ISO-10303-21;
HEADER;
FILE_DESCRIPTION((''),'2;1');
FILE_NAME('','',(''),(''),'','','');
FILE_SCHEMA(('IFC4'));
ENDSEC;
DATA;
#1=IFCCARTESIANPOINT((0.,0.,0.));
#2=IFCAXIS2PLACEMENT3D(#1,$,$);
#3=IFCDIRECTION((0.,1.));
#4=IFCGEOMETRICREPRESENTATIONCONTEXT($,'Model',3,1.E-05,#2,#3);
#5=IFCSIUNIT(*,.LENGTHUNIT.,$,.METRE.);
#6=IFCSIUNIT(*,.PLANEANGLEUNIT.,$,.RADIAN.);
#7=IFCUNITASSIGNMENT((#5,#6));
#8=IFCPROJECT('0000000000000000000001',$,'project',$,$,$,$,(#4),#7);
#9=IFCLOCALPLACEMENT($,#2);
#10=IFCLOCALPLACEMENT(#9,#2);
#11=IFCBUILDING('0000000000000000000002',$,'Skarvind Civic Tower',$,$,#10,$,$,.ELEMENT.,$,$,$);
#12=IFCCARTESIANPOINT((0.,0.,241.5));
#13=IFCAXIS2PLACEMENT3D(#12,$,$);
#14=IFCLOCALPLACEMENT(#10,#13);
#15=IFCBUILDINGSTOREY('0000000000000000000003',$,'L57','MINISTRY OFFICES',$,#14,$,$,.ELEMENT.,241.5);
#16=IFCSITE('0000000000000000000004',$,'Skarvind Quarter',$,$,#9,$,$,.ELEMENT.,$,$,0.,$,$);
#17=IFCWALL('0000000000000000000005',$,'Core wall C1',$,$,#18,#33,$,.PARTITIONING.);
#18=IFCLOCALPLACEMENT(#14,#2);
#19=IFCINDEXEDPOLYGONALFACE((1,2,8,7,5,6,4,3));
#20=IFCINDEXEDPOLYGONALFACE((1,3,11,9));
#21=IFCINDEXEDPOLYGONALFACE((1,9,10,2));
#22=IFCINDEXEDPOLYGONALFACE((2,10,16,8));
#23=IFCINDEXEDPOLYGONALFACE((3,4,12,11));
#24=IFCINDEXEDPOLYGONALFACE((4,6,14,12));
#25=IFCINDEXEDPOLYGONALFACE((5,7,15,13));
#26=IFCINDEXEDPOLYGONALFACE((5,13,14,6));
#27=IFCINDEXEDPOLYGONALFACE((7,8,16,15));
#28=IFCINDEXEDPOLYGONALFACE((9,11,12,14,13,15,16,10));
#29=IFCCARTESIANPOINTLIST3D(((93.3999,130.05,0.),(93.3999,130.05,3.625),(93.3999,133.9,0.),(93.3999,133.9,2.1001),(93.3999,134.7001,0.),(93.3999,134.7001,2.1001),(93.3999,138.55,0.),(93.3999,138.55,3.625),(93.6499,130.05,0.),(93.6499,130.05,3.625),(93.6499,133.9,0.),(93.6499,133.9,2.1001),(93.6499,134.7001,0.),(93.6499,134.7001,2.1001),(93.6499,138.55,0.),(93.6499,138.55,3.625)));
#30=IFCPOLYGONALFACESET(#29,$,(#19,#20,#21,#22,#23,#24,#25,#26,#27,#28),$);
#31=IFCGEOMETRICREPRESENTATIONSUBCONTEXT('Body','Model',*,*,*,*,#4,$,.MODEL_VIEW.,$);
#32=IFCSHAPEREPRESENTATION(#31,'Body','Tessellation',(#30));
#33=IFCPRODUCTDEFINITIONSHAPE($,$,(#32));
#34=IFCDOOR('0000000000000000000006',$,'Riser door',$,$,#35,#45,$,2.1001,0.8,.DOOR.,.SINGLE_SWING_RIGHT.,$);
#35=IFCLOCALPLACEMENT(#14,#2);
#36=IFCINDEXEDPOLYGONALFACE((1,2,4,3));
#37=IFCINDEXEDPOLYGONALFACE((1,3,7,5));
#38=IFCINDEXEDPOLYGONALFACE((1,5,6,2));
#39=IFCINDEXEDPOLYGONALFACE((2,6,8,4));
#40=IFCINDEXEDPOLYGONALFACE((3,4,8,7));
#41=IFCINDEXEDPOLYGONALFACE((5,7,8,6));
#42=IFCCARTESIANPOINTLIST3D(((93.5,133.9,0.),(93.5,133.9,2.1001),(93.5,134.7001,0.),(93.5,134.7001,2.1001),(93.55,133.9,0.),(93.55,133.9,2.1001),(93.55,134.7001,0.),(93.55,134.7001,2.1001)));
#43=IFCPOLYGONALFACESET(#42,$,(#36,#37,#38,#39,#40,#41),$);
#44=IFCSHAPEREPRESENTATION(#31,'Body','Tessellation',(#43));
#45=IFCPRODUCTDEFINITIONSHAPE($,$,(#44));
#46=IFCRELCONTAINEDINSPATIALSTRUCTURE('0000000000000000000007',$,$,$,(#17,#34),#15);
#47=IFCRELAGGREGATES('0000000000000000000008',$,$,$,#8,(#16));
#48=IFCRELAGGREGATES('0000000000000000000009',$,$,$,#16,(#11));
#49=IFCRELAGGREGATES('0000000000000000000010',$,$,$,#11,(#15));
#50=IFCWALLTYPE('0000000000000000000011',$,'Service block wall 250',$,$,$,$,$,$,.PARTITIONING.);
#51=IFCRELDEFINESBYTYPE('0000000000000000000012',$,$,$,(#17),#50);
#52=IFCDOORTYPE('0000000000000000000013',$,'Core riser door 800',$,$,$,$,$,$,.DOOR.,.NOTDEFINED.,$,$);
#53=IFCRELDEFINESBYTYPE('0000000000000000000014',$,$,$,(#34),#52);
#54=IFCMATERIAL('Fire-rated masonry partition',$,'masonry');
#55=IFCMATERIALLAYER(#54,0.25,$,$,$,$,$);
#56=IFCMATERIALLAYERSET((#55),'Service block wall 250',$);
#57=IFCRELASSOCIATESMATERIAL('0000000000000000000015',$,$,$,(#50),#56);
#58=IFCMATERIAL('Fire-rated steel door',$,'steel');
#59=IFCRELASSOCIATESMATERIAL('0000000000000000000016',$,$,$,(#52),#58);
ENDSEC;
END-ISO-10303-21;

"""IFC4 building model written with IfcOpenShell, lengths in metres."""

from ifc_helpers import new_model, si_unit, direction, frame, frame_2d, origin, place, context, subcontext, project, spatial, rectangle, extrude, material, layer, layer_set, type_object, element, fill, save


model = new_model("IFC4")

# Units and contexts
model_context = context("Model", 3, precision=1e-05, world=origin(), true_north=direction((0.0, 1.0)))
body_context = subcontext(model_context, "Body", "Model", "MODEL_VIEW")
ifc_project = project(units=[si_unit("LENGTHUNIT", "METRE"), si_unit("PLANEANGLEUNIT", "RADIAN")], contexts=[model_context])

# Site, building, storey
site_placement = place(None, origin())
site = spatial("IfcSite", under=ifc_project, at=site_placement, Name="Skarvind Quarter", CompositionType="ELEMENT", RefElevation=0.0)
building_placement = place(site_placement, origin())
building = spatial("IfcBuilding", under=site, at=building_placement, Name="Skarvind Civic Tower", CompositionType="ELEMENT")
storey_placement = place(building_placement, frame((0.0, 0.0, 241.5)))
storey = spatial("IfcBuildingStorey", under=building, at=storey_placement, Name="L57", Description="MINISTRY OFFICES", CompositionType="ELEMENT", Elevation=241.5)

# Shared definitions
ifc_material_1 = material(Name="Fire-rated masonry partition", Category="masonry")
ifc_material_2 = material(Name="Fire-rated steel door", Category="steel")

# Wall, opening, door
ifc_layer_1 = layer(ifc_material_1, 0.25)
ifc_layer_set_1 = layer_set([ifc_layer_1], Name="Service block wall 250")
wall_type_1 = type_object("IfcWallType", Name="Service block wall 250", PredefinedType="PARTITIONING", material=ifc_layer_set_1)
wall_1_placement = place(storey_placement, frame((93.5249, 130.05, 0.0), z_axis=(0.0, 0.0, 1.0), x_axis=(0.0, 1.0, 0.0)))
wall_1 = element("IfcWall", 1, at=wall_1_placement, inside=storey, type_object=wall_type_1, Name="Core wall C1", PredefinedType="PARTITIONING", context=body_context, shape_type="SweptSolid", body=[
    extrude(rectangle(XDim=8.5, YDim=0.25, at=frame_2d((4.25, 0.0))), origin(), (0.0, 0.0, 1.0), 3.625),
])
opening_1_placement = place(wall_1_placement, frame((3.8501, 0.0, 0.0)))
opening_1 = element("IfcOpeningElement", 2, at=opening_1_placement, cuts=wall_1, PredefinedType="OPENING", context=body_context, shape_type="SweptSolid", body=[
    extrude(rectangle(XDim=0.8, YDim=2.1001, at=frame_2d((0.3999, 1.05))), frame((0.0, 0.135, 0.0), z_axis=(0.0, -1.0, 0.0), x_axis=(1.0, 0.0, 0.0)), (0.0, 0.0, 1.0), 0.27),
])
door_type_1 = type_object("IfcDoorType", Name="Core riser door 800", OperationType="NOTDEFINED", PredefinedType="DOOR", material=ifc_material_2)
door_1_placement = place(opening_1_placement, origin())
door_1 = element("IfcDoor", 3, at=door_1_placement, inside=storey, type_object=door_type_1, Name="Riser door", OperationType="SINGLE_SWING_RIGHT", OverallHeight=2.1001, OverallWidth=0.8, PredefinedType="DOOR", context=body_context, shape_type="SweptSolid", body=[
    extrude(rectangle(XDim=0.8, YDim=2.1001, at=frame_2d((0.3999, 1.05))), frame((0.0, 0.0249, 0.0), z_axis=(0.0, -1.0, 0.0), x_axis=(1.0, 0.0, 0.0)), (0.0, 0.0, 1.0), 0.05),
])
fill(opening_1, door_1)

save(model, "model.ifc")
